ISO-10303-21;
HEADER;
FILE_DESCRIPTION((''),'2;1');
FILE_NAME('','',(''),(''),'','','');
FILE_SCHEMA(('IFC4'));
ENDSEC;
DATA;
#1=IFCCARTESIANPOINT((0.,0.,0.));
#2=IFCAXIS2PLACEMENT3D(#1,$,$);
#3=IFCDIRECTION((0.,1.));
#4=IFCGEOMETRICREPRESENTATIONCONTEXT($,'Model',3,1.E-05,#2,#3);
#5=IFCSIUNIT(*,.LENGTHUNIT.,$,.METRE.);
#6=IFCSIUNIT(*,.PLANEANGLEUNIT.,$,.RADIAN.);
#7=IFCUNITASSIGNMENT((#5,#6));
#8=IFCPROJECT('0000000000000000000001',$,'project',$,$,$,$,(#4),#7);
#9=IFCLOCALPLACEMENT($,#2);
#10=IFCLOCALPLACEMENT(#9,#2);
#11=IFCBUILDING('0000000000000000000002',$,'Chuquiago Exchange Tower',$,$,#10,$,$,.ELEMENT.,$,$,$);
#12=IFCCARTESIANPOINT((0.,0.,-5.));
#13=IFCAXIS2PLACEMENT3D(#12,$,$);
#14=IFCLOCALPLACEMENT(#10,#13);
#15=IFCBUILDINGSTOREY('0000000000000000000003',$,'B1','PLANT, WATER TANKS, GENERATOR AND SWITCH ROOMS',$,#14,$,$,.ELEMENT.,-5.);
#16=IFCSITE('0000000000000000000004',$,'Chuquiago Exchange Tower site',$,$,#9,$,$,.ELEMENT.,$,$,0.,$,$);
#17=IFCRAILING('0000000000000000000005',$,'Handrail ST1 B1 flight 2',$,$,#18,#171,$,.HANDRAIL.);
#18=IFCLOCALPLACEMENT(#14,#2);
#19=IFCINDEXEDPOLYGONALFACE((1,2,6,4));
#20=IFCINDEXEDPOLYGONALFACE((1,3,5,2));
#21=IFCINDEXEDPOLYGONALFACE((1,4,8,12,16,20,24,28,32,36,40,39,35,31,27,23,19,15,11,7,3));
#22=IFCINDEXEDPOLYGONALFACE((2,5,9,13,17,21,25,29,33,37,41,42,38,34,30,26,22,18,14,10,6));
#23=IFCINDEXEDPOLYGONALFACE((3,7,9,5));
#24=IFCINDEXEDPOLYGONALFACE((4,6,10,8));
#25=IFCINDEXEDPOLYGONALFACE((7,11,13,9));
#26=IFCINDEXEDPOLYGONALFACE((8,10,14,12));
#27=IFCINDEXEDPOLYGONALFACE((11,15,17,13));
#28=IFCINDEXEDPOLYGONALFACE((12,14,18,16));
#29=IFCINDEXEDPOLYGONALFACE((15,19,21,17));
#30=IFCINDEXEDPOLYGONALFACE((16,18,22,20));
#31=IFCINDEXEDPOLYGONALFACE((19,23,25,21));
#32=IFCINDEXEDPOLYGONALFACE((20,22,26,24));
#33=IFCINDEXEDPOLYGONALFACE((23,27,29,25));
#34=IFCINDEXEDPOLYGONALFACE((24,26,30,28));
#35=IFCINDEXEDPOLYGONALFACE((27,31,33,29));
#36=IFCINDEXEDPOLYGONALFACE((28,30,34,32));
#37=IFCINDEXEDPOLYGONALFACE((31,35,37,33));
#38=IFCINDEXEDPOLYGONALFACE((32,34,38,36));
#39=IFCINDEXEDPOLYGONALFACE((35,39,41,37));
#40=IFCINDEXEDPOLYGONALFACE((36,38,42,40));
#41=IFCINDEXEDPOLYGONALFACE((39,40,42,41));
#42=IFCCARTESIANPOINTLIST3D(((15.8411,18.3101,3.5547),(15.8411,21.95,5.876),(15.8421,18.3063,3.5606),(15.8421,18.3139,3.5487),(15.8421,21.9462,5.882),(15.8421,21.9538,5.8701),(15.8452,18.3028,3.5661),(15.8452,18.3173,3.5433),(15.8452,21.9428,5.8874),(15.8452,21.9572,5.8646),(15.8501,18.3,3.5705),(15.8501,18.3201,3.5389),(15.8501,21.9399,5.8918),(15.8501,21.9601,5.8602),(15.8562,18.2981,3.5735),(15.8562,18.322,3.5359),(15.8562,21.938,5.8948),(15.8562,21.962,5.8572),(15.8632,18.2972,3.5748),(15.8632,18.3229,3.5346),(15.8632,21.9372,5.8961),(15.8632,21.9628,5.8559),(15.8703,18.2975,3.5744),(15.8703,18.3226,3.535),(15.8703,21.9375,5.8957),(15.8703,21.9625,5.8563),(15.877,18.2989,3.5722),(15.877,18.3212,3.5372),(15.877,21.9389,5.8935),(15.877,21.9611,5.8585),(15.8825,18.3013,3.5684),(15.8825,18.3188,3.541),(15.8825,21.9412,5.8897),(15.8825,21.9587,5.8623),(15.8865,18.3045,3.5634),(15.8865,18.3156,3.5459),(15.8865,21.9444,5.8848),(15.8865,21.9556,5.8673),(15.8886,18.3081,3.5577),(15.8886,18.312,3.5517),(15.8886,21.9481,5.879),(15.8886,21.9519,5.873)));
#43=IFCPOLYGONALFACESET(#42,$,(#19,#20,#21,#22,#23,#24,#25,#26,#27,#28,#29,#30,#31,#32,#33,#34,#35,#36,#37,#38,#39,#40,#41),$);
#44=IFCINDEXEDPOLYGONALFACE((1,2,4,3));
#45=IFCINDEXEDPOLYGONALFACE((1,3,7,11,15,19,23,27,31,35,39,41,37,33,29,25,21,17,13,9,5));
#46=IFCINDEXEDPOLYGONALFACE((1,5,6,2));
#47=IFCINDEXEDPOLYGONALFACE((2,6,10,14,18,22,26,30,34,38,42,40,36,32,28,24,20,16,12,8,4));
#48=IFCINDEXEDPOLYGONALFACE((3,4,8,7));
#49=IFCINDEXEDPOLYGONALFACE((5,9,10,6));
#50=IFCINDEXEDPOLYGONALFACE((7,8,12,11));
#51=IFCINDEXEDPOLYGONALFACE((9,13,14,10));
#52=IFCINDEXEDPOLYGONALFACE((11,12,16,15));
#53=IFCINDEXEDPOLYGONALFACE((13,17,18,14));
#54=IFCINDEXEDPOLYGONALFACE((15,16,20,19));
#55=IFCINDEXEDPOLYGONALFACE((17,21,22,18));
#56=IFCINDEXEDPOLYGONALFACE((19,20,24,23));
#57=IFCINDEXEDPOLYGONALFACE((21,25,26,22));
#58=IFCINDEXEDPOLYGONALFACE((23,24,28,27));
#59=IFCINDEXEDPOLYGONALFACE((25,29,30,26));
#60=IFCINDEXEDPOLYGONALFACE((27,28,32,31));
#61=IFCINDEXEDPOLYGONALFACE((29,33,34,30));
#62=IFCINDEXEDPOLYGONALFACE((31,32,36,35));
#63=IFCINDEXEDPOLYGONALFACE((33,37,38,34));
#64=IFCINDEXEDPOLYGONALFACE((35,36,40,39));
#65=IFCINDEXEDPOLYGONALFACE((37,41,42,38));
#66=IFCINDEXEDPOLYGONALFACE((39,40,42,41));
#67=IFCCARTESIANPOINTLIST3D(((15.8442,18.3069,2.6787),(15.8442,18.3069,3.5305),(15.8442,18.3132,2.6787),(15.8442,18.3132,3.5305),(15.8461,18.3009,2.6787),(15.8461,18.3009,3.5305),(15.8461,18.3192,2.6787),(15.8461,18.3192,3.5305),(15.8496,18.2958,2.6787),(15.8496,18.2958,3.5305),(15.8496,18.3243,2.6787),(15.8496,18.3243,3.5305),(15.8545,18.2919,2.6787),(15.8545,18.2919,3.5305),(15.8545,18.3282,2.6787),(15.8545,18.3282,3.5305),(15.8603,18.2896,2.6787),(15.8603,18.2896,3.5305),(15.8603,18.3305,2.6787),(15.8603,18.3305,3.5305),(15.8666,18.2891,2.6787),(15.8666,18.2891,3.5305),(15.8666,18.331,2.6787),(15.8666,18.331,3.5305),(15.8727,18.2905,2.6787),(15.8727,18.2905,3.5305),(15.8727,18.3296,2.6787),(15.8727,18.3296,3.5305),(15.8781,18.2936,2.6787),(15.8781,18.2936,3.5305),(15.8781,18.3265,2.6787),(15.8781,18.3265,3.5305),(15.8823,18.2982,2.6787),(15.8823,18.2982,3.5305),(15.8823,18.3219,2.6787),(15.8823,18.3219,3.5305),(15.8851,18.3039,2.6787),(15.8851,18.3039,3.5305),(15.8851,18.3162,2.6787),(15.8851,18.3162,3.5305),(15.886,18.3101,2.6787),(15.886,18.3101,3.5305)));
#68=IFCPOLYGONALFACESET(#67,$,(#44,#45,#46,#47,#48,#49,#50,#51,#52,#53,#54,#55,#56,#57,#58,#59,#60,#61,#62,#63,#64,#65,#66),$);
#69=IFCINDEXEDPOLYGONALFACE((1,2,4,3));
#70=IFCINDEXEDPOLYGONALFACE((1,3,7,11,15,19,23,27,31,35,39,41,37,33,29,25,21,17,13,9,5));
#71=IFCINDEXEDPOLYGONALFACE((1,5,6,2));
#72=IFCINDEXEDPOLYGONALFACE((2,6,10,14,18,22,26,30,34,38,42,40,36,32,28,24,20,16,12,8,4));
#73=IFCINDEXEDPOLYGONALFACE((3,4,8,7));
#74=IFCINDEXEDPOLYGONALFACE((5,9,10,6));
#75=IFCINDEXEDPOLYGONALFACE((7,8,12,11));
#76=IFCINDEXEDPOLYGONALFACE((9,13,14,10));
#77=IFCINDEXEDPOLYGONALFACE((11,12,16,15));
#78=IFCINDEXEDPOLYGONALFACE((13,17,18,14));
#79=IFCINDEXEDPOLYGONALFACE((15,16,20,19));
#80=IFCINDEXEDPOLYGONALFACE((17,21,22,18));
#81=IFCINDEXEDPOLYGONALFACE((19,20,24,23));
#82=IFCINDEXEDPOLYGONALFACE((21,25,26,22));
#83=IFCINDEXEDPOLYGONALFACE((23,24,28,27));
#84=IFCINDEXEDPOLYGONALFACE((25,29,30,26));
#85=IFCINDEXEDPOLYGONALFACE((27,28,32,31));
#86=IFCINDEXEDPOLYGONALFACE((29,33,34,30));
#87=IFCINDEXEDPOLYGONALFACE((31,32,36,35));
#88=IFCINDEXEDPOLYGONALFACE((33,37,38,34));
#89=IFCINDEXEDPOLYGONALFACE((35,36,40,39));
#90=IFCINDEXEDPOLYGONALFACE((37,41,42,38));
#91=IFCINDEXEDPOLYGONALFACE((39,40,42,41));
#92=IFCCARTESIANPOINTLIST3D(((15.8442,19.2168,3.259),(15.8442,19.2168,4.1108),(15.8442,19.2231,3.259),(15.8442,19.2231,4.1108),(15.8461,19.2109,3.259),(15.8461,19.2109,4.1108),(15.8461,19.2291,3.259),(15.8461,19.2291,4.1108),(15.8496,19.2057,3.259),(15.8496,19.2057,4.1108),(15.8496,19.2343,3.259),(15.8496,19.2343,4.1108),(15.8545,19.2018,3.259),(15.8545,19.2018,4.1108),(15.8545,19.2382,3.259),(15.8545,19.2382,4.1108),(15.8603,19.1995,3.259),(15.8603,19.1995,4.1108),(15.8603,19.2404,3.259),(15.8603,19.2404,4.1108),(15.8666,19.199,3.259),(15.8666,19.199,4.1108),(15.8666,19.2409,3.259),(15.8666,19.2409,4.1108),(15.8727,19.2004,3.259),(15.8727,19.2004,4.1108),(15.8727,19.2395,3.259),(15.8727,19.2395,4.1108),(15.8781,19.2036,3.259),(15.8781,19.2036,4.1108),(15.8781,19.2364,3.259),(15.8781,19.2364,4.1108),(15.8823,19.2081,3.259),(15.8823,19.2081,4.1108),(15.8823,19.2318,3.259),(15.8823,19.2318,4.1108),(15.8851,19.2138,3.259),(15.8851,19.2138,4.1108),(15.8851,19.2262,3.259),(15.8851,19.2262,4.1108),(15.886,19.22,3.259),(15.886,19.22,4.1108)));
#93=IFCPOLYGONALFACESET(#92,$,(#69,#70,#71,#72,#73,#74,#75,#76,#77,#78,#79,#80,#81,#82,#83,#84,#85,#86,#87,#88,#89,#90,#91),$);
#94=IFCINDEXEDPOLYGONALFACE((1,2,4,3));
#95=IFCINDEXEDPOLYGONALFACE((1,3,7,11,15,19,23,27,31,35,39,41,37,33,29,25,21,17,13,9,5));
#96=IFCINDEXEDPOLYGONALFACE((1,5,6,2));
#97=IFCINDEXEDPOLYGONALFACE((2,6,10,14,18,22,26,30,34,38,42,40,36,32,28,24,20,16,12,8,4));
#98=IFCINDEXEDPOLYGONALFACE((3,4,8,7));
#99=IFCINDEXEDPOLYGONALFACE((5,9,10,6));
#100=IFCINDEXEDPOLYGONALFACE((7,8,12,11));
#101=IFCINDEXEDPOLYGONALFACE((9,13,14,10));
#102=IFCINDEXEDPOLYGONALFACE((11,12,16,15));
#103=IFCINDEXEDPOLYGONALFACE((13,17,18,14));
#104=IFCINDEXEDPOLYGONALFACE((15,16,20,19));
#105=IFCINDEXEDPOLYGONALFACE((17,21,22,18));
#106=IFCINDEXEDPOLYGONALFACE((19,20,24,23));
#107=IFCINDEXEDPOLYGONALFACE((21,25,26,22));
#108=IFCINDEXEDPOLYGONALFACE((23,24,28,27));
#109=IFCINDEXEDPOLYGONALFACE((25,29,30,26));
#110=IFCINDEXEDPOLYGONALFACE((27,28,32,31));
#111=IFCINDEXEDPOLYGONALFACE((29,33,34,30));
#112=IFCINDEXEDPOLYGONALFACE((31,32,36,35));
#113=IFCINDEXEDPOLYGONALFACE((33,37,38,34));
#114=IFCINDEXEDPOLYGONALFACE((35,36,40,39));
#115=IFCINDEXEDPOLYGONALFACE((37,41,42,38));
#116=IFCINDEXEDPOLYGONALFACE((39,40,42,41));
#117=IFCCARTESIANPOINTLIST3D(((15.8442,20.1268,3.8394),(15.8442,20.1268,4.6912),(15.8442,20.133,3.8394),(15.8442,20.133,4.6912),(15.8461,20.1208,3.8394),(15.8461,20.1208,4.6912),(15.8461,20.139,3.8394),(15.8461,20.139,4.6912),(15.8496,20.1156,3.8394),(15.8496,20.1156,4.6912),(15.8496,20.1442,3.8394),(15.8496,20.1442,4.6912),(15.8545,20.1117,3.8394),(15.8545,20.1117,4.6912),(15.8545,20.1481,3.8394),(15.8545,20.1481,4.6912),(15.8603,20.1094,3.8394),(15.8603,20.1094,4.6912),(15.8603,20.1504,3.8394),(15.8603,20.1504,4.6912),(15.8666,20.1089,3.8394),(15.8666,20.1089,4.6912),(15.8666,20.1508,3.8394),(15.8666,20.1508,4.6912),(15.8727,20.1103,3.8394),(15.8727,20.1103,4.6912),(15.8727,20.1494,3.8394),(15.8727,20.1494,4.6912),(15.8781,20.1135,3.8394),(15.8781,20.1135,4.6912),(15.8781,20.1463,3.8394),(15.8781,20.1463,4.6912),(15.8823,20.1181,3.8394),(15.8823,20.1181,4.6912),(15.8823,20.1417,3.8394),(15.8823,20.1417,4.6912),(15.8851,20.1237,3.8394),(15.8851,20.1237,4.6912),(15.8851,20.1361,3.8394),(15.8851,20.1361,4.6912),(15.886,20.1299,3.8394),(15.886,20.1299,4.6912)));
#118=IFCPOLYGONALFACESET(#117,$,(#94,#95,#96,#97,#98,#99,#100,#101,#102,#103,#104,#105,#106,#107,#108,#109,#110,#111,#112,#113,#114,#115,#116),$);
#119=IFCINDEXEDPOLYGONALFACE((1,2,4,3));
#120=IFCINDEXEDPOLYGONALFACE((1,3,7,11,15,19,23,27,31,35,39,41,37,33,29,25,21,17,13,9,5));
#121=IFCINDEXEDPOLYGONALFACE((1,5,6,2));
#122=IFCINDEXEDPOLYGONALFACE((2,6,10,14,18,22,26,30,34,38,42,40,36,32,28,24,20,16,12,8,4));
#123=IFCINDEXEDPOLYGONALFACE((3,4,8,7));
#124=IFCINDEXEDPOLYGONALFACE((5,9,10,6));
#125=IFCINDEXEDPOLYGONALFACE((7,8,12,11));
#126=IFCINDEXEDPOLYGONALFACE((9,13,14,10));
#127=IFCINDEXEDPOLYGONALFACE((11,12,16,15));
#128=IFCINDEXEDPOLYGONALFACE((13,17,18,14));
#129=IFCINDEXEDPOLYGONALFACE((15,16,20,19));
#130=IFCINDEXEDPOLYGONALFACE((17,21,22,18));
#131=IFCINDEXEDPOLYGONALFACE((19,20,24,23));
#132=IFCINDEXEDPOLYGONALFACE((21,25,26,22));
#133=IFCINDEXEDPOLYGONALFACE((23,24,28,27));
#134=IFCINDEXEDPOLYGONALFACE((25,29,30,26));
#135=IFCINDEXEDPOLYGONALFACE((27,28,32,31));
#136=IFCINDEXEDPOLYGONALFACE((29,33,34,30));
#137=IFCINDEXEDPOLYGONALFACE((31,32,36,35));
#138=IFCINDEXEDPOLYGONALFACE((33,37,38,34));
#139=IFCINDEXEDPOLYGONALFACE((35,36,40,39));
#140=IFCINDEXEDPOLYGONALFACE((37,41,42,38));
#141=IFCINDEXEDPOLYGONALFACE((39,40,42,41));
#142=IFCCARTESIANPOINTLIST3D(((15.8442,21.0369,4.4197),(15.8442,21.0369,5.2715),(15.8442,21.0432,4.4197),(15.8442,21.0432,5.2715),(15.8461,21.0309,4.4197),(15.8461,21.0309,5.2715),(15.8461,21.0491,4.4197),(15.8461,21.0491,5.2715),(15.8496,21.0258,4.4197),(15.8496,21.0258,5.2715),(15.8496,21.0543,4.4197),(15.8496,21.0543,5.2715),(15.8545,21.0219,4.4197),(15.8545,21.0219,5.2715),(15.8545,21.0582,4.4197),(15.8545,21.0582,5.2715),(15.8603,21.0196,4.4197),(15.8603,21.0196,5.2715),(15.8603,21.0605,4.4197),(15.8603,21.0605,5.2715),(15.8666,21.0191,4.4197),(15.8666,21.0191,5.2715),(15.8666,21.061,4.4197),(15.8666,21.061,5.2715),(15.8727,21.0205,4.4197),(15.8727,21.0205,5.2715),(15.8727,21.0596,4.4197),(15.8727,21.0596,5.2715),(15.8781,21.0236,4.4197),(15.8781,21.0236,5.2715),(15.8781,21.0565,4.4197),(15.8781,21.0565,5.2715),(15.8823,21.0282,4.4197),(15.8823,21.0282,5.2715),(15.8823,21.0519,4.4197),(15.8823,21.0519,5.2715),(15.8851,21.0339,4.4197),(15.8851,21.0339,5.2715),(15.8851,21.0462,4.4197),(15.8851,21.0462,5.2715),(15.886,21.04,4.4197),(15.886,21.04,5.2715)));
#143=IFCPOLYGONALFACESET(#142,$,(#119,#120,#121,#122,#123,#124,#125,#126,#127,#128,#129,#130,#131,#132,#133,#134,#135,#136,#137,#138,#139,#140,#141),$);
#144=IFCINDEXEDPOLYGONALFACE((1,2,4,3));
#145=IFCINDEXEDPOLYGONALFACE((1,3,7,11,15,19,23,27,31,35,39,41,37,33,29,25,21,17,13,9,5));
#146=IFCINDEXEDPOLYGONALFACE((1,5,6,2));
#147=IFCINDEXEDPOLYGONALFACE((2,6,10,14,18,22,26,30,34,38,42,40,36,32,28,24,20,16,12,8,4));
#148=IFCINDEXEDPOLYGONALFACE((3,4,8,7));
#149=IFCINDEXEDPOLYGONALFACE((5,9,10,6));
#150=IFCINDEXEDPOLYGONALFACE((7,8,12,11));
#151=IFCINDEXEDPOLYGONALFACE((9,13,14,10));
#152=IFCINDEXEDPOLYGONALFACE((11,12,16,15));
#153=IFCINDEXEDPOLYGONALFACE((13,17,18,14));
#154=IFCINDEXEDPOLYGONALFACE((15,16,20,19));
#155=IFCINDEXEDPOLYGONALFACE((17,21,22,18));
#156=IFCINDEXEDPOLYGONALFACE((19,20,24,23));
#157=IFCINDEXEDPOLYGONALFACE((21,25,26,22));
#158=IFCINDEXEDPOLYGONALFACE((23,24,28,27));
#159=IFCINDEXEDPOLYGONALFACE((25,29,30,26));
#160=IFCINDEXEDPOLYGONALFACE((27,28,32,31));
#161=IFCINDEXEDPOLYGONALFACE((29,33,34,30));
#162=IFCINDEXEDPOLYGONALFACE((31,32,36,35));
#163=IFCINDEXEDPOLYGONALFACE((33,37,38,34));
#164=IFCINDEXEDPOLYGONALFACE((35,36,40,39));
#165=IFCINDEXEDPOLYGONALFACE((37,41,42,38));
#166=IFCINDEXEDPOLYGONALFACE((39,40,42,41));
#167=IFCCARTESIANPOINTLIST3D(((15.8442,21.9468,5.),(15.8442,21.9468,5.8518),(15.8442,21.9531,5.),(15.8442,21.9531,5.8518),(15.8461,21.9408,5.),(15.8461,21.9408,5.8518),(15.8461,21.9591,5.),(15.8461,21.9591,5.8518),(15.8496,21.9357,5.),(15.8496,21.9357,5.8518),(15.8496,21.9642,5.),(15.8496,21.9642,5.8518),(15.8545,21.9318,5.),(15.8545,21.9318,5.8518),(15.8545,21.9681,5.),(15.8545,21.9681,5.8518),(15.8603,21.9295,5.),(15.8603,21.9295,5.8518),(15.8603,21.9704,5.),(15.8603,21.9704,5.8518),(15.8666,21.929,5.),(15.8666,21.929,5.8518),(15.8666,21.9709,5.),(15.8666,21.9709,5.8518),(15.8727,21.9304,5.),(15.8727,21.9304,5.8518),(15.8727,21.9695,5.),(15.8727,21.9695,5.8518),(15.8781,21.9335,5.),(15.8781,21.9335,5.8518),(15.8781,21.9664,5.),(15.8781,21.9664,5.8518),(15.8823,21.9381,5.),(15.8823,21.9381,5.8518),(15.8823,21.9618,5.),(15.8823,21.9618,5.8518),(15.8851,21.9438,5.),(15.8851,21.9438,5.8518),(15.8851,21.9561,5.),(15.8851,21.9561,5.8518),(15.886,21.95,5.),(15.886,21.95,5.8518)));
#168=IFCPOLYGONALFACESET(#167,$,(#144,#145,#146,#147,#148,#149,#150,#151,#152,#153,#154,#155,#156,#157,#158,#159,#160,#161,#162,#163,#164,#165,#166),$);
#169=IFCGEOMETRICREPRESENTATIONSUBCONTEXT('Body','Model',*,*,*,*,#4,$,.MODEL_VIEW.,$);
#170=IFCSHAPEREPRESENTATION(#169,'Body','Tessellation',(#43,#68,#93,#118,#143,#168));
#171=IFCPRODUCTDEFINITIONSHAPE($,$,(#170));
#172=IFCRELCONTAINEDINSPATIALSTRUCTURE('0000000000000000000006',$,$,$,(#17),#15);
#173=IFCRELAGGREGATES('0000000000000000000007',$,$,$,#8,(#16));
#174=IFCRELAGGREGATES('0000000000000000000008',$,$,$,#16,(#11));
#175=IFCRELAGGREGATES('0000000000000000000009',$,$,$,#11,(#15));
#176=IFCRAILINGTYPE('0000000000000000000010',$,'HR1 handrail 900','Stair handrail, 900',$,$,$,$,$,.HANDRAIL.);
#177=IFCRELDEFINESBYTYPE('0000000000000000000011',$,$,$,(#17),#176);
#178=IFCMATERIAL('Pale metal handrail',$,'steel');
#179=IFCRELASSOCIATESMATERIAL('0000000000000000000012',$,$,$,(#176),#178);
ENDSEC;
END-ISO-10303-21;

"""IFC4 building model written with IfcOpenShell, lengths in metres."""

from ifc_helpers import new_model, si_unit, direction, frame, origin, origin_2d, place, context, subcontext, project, spatial, circle, extrude, material, type_object, element, save


model = new_model("IFC4")

# Units and contexts
model_context = context("Model", 3, precision=1e-05, world=origin(), true_north=direction((0.0, 1.0)))
body_context = subcontext(model_context, "Body", "Model", "MODEL_VIEW")
ifc_project = project(units=[si_unit("LENGTHUNIT", "METRE"), si_unit("PLANEANGLEUNIT", "RADIAN")], contexts=[model_context])

# Site, building, storey
site_placement = place(None, origin())
site = spatial("IfcSite", under=ifc_project, at=site_placement, Name="Chuquiago Exchange Tower site", CompositionType="ELEMENT", RefElevation=0.0)
building_placement = place(site_placement, origin())
building = spatial("IfcBuilding", under=site, at=building_placement, Name="Chuquiago Exchange Tower", CompositionType="ELEMENT")
storey_placement = place(building_placement, frame((0.0, 0.0, -5.0)))
storey = spatial("IfcBuildingStorey", under=building, at=storey_placement, Name="B1", Description="PLANT, WATER TANKS, GENERATOR AND SWITCH ROOMS", CompositionType="ELEMENT", Elevation=-5.0)

# Railing
ifc_material_1 = material(Name="Pale metal handrail", Category="steel")
railing_type = type_object("IfcRailingType", Name="HR1 handrail 900", Description="Stair handrail, 900", PredefinedType="HANDRAIL", material=ifc_material_1)
for number, where, name in (
    (1, (15.865, 18.3101, 2.6787), "Handrail ST1 B1 flight 2"),
):
    element("IfcRailing", number, at=place(storey_placement, frame(where)), inside=storey, type_object=railing_type, Name=name, PredefinedType="HANDRAIL", context=body_context, shape_type="SweptSolid", body=[
        extrude(circle(Radius=0.0239, at=origin_2d()), frame((0.0, 0.0, 0.876), z_axis=(0.0, 0.843137, 0.537699), x_axis=(-1.0, 0.0, 0.0)), (0.0, 0.0, 1.0), 4.3171),
        extrude(circle(Radius=0.021, at=origin_2d()), origin(), (0.0, 0.0, 1.0), 0.8518),
        extrude(circle(Radius=0.021, at=origin_2d()), frame((0.0, 0.9099, 0.5803)), (0.0, 0.0, 1.0), 0.8518),
        extrude(circle(Radius=0.021, at=origin_2d()), frame((0.0, 1.8198, 1.1606)), (0.0, 0.0, 1.0), 0.8518),
        extrude(circle(Radius=0.021, at=origin_2d()), frame((0.0, 2.73, 1.741)), (0.0, 0.0, 1.0), 0.8518),
        extrude(circle(Radius=0.021, at=origin_2d()), frame((0.0, 3.6399, 2.3213)), (0.0, 0.0, 1.0), 0.8518),
    ])

save(model, "model.ifc")
